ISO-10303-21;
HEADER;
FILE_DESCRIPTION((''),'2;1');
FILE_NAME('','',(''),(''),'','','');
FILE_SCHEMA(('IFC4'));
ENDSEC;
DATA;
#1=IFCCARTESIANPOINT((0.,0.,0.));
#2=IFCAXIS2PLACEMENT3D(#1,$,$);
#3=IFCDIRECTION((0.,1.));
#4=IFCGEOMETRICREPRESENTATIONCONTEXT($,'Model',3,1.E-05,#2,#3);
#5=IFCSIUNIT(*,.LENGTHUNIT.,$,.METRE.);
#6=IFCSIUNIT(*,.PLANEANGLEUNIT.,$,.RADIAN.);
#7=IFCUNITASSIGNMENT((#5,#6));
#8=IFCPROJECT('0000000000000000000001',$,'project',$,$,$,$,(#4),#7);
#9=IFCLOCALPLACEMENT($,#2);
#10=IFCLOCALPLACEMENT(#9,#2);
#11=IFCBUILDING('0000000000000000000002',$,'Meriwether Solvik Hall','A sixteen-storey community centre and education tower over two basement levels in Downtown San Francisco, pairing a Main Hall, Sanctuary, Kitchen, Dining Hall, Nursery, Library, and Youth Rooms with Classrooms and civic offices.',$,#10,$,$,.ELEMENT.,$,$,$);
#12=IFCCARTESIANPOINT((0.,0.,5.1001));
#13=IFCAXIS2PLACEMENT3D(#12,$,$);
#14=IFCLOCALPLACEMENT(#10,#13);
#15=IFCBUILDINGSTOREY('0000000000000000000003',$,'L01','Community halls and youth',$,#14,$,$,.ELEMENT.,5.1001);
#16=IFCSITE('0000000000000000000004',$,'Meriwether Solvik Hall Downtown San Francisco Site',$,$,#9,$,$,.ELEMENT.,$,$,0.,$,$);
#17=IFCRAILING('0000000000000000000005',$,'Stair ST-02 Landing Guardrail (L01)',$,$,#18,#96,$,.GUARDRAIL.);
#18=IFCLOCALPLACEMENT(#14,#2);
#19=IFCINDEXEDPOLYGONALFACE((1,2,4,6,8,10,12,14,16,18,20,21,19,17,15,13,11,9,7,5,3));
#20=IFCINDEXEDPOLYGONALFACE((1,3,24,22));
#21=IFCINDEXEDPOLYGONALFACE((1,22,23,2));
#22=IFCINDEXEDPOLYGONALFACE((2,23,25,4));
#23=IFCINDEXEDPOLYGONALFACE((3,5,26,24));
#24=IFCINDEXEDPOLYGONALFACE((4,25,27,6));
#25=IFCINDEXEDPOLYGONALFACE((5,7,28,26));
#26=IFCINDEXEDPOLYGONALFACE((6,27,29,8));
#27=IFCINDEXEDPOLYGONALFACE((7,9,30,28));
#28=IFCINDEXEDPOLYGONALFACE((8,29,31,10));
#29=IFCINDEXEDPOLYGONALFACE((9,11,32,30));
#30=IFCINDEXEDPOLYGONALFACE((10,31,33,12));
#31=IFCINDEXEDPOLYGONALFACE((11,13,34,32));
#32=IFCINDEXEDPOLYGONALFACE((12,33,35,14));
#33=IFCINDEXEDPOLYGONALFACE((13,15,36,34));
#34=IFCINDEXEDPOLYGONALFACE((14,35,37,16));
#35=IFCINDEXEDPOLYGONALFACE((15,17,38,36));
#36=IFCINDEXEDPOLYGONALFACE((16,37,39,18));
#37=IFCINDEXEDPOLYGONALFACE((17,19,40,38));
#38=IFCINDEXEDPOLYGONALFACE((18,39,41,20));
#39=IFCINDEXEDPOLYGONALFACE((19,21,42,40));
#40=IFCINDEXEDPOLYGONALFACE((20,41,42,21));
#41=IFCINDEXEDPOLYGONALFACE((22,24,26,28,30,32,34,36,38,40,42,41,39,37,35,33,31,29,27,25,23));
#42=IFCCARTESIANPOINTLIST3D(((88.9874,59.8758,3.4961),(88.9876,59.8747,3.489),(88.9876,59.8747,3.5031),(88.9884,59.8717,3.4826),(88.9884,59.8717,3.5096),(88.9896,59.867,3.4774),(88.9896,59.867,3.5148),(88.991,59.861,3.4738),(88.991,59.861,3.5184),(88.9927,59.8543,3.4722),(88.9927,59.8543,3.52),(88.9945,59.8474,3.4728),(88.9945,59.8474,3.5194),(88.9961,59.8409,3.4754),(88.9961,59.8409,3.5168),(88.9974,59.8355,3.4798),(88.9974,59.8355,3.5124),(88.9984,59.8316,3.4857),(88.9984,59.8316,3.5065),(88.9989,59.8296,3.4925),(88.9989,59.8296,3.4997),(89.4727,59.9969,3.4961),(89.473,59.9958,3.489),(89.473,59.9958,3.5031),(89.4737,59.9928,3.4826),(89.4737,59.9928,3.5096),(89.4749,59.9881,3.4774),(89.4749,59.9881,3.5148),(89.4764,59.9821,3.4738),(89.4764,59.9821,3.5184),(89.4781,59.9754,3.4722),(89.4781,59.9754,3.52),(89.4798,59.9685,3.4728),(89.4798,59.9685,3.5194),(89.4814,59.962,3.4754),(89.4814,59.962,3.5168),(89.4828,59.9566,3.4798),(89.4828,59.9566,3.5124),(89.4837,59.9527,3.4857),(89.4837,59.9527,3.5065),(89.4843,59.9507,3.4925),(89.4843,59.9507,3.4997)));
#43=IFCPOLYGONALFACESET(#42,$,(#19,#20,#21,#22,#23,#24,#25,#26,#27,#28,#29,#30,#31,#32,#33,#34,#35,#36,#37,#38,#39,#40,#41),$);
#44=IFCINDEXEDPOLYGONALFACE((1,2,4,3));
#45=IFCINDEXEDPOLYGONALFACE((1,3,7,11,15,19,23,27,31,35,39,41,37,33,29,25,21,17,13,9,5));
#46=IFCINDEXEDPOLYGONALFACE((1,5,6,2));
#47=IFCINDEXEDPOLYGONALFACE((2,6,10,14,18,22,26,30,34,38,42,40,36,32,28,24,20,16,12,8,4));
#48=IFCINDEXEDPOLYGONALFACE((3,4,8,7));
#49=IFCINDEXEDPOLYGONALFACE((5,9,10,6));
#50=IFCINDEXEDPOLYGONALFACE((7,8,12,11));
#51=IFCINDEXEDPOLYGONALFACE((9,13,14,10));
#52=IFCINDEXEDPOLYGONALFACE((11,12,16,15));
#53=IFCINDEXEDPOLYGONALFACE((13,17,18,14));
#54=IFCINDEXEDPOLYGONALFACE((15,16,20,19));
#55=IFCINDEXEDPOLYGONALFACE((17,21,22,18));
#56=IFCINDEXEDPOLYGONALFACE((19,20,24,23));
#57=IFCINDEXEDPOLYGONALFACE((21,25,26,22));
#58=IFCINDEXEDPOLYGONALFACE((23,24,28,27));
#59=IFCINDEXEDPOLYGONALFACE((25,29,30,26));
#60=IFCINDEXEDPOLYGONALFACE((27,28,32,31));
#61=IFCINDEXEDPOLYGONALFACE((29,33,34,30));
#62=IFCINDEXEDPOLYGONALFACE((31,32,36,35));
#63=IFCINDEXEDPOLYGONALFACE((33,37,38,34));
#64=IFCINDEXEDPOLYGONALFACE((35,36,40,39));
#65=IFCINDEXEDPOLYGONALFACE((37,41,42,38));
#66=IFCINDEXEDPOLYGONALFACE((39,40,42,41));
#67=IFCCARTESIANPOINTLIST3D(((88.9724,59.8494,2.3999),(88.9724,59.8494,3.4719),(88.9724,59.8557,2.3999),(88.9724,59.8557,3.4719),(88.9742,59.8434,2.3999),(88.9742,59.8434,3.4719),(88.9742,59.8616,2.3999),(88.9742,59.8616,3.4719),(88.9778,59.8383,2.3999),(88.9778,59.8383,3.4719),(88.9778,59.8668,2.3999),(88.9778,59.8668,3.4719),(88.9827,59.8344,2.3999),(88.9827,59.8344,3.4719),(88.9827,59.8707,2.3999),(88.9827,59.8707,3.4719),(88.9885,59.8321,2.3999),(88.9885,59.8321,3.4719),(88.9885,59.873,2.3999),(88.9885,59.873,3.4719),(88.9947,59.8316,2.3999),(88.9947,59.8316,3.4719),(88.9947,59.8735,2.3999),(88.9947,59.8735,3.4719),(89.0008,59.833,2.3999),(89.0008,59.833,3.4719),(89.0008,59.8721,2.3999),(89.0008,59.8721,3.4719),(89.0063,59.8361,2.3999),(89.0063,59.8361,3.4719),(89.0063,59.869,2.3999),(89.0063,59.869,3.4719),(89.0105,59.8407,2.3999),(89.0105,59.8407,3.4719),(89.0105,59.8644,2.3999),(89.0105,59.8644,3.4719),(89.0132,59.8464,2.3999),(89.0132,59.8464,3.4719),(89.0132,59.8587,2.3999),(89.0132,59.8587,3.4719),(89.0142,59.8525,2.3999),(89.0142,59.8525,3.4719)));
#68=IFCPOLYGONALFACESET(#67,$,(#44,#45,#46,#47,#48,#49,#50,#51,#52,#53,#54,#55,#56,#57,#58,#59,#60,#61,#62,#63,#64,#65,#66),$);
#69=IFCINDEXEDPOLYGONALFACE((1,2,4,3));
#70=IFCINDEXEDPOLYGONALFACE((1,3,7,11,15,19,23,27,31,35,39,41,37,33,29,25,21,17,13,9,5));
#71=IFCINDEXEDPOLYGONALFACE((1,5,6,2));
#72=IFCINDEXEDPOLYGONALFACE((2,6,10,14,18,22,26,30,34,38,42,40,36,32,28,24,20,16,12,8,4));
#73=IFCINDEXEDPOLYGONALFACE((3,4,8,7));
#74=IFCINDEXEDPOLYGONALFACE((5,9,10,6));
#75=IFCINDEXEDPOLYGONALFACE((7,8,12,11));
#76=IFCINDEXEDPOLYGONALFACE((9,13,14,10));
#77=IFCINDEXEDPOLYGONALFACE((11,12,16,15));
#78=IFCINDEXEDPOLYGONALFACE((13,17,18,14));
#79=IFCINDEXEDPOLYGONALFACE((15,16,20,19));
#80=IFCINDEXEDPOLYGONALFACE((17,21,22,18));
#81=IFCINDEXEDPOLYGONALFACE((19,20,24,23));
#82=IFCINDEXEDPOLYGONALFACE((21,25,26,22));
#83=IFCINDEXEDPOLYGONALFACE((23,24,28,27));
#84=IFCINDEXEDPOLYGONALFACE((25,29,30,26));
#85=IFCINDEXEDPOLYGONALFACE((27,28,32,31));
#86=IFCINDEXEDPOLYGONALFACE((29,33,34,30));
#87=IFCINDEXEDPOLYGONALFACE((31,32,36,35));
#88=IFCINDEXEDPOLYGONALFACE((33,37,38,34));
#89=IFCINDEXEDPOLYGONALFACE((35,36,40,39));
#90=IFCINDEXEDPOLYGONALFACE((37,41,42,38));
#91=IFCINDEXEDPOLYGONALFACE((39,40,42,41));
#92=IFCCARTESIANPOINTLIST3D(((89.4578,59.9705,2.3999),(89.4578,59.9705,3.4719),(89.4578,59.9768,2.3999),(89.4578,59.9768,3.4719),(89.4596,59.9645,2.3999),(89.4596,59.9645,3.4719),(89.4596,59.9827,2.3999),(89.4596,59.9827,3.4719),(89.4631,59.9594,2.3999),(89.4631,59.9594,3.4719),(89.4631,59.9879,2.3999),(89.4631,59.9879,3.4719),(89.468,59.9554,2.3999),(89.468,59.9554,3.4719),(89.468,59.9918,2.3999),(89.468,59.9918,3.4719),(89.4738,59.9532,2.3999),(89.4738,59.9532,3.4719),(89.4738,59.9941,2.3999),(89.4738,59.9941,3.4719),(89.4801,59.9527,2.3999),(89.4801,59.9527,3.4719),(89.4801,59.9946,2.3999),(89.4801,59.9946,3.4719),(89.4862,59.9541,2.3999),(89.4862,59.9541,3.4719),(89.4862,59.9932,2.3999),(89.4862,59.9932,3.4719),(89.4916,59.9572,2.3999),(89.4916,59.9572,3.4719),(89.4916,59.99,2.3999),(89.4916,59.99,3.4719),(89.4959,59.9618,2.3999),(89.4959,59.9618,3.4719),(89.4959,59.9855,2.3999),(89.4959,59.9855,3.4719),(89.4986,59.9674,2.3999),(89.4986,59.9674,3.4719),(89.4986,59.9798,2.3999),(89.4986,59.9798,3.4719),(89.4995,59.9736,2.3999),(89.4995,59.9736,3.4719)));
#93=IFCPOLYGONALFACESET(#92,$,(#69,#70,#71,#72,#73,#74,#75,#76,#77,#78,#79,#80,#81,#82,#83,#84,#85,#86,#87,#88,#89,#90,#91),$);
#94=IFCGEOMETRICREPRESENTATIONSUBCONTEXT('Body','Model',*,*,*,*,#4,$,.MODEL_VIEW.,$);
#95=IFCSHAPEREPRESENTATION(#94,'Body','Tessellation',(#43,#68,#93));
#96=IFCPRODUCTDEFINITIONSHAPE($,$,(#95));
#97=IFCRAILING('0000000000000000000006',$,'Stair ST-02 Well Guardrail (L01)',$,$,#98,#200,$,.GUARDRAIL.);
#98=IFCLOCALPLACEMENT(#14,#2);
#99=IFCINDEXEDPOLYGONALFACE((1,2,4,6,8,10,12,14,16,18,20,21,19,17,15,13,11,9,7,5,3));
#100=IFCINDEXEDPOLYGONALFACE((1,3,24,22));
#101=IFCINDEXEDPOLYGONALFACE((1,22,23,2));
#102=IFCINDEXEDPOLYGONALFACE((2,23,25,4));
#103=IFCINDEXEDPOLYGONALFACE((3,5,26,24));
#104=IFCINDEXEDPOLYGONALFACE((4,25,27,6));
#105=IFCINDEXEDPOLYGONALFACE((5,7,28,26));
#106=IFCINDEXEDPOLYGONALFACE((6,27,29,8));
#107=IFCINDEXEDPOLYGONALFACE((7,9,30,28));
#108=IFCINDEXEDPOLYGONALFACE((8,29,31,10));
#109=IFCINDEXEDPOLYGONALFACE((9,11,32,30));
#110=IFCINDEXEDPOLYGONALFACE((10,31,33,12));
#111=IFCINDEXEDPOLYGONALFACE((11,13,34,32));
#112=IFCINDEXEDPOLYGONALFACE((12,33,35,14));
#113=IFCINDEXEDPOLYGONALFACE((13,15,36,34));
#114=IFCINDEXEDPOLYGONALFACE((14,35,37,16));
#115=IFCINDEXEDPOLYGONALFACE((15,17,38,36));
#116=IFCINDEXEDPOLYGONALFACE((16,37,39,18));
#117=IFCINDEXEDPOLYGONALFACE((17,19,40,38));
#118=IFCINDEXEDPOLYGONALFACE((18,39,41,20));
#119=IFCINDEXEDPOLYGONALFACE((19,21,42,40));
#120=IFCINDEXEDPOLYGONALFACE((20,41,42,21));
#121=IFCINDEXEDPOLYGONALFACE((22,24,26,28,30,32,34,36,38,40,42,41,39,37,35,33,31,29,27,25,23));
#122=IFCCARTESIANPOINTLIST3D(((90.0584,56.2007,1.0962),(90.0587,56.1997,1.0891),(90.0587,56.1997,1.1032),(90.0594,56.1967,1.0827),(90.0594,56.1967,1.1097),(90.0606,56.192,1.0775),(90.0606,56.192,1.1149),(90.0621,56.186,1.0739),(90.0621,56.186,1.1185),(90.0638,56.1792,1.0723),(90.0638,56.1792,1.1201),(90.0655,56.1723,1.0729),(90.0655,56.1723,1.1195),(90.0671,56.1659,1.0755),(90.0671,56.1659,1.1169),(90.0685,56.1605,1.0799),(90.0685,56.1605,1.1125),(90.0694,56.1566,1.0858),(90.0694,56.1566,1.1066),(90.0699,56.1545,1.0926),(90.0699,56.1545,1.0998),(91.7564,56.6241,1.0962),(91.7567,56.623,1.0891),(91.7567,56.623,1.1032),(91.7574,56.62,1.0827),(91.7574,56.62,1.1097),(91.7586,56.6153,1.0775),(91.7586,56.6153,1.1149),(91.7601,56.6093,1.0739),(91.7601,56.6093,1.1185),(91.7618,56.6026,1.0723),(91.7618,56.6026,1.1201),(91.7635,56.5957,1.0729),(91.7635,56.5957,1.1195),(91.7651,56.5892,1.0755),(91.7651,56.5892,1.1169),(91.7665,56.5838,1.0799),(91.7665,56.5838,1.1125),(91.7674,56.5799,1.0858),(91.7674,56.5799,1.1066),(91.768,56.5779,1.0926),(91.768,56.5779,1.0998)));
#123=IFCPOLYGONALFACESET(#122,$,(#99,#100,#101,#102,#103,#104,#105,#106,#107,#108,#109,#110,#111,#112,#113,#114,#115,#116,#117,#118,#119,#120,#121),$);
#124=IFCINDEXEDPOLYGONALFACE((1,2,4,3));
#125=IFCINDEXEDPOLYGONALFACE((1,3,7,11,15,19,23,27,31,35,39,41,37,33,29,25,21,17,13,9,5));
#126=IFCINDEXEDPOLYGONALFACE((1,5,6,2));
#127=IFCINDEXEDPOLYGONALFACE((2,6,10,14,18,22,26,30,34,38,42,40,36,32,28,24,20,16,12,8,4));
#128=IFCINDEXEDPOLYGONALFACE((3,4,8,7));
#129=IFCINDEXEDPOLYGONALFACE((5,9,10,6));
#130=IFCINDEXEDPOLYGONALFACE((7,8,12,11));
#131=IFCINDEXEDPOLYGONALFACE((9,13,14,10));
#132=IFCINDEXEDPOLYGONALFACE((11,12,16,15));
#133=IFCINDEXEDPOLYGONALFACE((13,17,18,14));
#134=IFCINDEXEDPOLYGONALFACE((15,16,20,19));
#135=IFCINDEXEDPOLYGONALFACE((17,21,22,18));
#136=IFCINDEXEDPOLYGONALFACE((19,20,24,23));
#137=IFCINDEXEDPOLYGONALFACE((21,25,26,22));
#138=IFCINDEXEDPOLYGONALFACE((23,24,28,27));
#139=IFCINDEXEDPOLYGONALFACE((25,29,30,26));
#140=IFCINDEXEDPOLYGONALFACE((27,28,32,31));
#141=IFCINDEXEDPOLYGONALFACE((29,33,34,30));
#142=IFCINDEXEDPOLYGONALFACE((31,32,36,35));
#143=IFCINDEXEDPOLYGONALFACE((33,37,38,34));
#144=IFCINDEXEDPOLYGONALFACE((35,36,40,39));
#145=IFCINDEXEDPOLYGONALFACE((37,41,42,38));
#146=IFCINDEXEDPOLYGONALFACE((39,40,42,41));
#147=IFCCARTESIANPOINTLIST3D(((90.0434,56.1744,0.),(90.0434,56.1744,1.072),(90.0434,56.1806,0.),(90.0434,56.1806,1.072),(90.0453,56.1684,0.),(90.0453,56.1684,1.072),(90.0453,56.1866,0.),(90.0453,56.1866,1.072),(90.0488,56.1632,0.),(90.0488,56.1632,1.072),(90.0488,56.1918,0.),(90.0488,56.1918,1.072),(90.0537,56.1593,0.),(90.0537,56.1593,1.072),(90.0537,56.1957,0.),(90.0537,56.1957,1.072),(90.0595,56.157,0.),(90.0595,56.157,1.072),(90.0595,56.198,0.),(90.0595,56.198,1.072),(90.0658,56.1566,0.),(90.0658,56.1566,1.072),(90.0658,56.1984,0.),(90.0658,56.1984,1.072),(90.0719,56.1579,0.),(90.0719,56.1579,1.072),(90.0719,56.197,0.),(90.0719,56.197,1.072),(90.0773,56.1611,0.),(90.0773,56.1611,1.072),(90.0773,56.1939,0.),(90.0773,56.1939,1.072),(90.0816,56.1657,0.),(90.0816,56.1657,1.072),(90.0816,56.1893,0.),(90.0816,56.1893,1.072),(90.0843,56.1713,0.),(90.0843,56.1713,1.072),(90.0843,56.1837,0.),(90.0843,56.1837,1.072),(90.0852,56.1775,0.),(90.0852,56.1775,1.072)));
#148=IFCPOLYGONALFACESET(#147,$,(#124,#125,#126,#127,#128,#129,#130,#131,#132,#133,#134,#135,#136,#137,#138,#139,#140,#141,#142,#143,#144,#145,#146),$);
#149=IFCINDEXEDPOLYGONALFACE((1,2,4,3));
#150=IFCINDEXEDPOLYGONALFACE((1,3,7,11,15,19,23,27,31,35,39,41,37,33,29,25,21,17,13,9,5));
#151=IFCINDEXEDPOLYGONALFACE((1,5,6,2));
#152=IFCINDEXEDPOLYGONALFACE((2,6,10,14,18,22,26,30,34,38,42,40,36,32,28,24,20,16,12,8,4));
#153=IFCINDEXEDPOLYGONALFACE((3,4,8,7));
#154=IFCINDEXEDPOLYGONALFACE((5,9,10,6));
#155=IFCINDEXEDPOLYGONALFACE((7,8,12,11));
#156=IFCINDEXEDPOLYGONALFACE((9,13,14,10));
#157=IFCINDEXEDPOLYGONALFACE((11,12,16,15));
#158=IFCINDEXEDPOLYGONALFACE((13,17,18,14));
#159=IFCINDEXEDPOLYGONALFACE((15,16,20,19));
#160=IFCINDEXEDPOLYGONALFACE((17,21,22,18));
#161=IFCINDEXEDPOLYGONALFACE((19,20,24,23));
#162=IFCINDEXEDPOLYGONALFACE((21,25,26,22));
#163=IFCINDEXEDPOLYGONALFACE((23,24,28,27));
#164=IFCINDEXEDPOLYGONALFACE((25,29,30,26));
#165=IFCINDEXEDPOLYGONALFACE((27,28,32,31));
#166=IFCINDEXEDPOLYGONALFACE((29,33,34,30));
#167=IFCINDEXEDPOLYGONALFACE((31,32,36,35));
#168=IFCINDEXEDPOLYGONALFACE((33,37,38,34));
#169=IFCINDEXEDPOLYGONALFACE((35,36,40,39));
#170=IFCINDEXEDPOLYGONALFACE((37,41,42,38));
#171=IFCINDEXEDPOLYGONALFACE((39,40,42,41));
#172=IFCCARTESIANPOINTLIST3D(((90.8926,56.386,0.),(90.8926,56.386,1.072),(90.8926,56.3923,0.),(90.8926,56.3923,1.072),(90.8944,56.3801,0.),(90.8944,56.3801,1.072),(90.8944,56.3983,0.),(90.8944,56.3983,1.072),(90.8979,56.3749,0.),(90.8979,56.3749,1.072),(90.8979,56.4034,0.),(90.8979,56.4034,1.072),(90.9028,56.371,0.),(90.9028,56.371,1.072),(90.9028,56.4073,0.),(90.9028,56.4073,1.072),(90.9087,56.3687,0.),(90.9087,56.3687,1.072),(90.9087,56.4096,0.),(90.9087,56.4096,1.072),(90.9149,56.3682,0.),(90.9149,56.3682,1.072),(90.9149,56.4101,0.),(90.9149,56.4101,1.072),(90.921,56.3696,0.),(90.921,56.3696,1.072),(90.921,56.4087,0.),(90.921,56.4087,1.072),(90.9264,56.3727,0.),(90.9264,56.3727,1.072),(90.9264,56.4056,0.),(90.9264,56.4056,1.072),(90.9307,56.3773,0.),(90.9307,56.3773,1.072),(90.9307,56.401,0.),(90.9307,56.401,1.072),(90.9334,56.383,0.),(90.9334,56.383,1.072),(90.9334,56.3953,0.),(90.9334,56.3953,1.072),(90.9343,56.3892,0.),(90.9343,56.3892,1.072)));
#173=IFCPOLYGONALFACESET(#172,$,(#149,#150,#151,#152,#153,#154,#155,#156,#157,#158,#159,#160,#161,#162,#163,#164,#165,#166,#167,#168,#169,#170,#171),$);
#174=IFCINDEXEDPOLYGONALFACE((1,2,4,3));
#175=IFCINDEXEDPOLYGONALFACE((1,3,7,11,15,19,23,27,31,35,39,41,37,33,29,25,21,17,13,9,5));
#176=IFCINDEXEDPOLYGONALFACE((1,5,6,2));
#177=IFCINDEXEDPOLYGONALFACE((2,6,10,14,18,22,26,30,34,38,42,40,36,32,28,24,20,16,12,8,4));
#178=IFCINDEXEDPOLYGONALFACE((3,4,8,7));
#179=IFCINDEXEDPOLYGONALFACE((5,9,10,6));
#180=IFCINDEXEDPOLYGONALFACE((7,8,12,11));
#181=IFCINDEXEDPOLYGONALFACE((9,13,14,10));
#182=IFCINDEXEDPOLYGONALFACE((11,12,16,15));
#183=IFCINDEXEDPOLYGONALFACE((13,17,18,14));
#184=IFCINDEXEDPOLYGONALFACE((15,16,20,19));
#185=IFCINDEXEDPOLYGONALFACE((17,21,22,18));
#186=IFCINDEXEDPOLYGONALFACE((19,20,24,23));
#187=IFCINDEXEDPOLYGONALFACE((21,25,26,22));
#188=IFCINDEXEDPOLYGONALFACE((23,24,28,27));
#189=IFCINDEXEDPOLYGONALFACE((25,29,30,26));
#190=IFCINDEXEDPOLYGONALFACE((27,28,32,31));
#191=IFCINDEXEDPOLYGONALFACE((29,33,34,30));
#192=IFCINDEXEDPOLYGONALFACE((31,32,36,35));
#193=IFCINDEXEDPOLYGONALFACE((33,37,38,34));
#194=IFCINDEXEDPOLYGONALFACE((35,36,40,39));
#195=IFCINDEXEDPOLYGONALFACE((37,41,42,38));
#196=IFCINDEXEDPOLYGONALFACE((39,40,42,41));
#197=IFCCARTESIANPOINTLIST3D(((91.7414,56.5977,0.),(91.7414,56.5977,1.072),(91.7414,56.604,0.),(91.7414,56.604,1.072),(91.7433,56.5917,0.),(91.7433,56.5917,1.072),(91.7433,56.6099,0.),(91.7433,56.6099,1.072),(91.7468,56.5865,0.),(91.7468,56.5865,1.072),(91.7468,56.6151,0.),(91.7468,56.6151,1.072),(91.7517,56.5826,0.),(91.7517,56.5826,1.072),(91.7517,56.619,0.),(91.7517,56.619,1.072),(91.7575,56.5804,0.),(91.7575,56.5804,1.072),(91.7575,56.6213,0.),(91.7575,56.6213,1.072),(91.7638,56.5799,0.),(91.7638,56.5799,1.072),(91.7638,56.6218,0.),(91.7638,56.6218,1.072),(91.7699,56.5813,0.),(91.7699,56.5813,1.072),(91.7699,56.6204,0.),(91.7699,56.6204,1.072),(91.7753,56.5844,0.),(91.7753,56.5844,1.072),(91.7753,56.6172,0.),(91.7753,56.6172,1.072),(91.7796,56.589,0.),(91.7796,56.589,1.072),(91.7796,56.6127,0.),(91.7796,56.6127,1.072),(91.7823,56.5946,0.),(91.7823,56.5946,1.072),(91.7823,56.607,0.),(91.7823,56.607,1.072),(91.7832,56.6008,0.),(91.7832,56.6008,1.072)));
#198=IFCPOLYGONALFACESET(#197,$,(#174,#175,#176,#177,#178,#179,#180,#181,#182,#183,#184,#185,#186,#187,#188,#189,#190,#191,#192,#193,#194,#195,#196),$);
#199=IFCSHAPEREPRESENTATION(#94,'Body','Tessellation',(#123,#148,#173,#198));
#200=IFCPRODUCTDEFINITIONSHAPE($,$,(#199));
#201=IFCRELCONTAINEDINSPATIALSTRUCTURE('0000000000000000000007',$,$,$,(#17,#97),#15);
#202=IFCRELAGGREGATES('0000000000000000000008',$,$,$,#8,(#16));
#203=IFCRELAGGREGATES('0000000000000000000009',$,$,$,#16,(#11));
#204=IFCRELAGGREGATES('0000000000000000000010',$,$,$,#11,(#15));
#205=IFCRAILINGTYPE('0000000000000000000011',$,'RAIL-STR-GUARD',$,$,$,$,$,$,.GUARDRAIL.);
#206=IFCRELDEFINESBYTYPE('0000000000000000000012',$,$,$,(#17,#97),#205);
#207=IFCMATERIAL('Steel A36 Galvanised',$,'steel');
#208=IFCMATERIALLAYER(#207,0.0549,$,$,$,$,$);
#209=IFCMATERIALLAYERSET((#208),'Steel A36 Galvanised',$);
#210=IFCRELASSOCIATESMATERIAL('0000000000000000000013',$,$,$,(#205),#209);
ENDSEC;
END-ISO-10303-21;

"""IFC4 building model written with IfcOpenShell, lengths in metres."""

from ifc_helpers import new_model, si_unit, direction, frame, origin, origin_2d, place, context, subcontext, project, spatial, circle, extrude, material, layer, layer_set, type_object, element, save


model = new_model("IFC4")

# Units and contexts
model_context = context("Model", 3, precision=1e-05, world=origin(), true_north=direction((0.0, 1.0)))
body_context = subcontext(model_context, "Body", "Model", "MODEL_VIEW")
ifc_project = project(units=[si_unit("LENGTHUNIT", "METRE"), si_unit("PLANEANGLEUNIT", "RADIAN")], contexts=[model_context])

# Site, building, storey
site_placement = place(None, origin())
site = spatial("IfcSite", under=ifc_project, at=site_placement, Name="Meriwether Solvik Hall Downtown San Francisco Site", CompositionType="ELEMENT", RefElevation=0.0)
building_placement = place(site_placement, origin())
building = spatial("IfcBuilding", under=site, at=building_placement, Name="Meriwether Solvik Hall", Description="A sixteen-storey community centre and education tower over two basement levels in Downtown San Francisco, pairing a Main Hall, Sanctuary, Kitchen, Dining Hall, Nursery, Library, and Youth Rooms with Classrooms and civic offices.", CompositionType="ELEMENT")
storey_placement = place(building_placement, frame((0.0, 0.0, 5.1001)))
storey = spatial("IfcBuildingStorey", under=building, at=storey_placement, Name="L01", Description="Community halls and youth", CompositionType="ELEMENT", Elevation=5.1001)

# Railings
ifc_material_1 = material(Name="Steel A36 Galvanised", Category="steel")
ifc_layer_1 = layer(ifc_material_1, 0.0549)
ifc_layer_set_1 = layer_set([ifc_layer_1], Name="Steel A36 Galvanised")
railing_type_1 = type_object("IfcRailingType", Name="RAIL-STR-GUARD", PredefinedType="GUARDRAIL", material=ifc_layer_set_1)
railing_1_placement = place(storey_placement, frame((88.9932, 59.8525, 2.3999)))
element("IfcRailing", 1, at=railing_1_placement, inside=storey, type_object=railing_type_1, Name="Stair ST-02 Landing Guardrail (L01)", PredefinedType="GUARDRAIL", context=body_context, shape_type="SweptSolid", body=[
    extrude(circle(Radius=0.0239, at=origin_2d()), frame((0.0, 0.0, 1.0962), z_axis=(0.970257, 0.242076, 0.0), x_axis=(-0.242076, 0.970257, 0.0)), (0.0, 0.0, 1.0), 0.5002),
    extrude(circle(Radius=0.021, at=origin_2d()), origin(), (0.0, 0.0, 1.0), 1.072),
    extrude(circle(Radius=0.021, at=origin_2d()), frame((0.4854, 0.1211, 0.0)), (0.0, 0.0, 1.0), 1.072),
])
railing_2_placement = place(storey_placement, frame((90.0642, 56.1775, 0.0)))
element("IfcRailing", 2, at=railing_2_placement, inside=storey, type_object=railing_type_1, Name="Stair ST-02 Well Guardrail (L01)", PredefinedType="GUARDRAIL", context=body_context, shape_type="SweptSolid", body=[
    extrude(circle(Radius=0.0239, at=origin_2d()), frame((0.0, 0.0, 1.0962), z_axis=(0.970298, 0.241912, 0.0), x_axis=(-0.241912, 0.970298, 0.0)), (0.0, 0.0, 1.0), 1.75),
    extrude(circle(Radius=0.021, at=origin_2d()), origin(), (0.0, 0.0, 1.0), 1.072),
    extrude(circle(Radius=0.021, at=origin_2d()), frame((0.8491, 0.2117, 0.0)), (0.0, 0.0, 1.0), 1.072),
    extrude(circle(Radius=0.021, at=origin_2d()), frame((1.698, 0.4233, 0.0)), (0.0, 0.0, 1.0), 1.072),
])

save(model, "model.ifc")
